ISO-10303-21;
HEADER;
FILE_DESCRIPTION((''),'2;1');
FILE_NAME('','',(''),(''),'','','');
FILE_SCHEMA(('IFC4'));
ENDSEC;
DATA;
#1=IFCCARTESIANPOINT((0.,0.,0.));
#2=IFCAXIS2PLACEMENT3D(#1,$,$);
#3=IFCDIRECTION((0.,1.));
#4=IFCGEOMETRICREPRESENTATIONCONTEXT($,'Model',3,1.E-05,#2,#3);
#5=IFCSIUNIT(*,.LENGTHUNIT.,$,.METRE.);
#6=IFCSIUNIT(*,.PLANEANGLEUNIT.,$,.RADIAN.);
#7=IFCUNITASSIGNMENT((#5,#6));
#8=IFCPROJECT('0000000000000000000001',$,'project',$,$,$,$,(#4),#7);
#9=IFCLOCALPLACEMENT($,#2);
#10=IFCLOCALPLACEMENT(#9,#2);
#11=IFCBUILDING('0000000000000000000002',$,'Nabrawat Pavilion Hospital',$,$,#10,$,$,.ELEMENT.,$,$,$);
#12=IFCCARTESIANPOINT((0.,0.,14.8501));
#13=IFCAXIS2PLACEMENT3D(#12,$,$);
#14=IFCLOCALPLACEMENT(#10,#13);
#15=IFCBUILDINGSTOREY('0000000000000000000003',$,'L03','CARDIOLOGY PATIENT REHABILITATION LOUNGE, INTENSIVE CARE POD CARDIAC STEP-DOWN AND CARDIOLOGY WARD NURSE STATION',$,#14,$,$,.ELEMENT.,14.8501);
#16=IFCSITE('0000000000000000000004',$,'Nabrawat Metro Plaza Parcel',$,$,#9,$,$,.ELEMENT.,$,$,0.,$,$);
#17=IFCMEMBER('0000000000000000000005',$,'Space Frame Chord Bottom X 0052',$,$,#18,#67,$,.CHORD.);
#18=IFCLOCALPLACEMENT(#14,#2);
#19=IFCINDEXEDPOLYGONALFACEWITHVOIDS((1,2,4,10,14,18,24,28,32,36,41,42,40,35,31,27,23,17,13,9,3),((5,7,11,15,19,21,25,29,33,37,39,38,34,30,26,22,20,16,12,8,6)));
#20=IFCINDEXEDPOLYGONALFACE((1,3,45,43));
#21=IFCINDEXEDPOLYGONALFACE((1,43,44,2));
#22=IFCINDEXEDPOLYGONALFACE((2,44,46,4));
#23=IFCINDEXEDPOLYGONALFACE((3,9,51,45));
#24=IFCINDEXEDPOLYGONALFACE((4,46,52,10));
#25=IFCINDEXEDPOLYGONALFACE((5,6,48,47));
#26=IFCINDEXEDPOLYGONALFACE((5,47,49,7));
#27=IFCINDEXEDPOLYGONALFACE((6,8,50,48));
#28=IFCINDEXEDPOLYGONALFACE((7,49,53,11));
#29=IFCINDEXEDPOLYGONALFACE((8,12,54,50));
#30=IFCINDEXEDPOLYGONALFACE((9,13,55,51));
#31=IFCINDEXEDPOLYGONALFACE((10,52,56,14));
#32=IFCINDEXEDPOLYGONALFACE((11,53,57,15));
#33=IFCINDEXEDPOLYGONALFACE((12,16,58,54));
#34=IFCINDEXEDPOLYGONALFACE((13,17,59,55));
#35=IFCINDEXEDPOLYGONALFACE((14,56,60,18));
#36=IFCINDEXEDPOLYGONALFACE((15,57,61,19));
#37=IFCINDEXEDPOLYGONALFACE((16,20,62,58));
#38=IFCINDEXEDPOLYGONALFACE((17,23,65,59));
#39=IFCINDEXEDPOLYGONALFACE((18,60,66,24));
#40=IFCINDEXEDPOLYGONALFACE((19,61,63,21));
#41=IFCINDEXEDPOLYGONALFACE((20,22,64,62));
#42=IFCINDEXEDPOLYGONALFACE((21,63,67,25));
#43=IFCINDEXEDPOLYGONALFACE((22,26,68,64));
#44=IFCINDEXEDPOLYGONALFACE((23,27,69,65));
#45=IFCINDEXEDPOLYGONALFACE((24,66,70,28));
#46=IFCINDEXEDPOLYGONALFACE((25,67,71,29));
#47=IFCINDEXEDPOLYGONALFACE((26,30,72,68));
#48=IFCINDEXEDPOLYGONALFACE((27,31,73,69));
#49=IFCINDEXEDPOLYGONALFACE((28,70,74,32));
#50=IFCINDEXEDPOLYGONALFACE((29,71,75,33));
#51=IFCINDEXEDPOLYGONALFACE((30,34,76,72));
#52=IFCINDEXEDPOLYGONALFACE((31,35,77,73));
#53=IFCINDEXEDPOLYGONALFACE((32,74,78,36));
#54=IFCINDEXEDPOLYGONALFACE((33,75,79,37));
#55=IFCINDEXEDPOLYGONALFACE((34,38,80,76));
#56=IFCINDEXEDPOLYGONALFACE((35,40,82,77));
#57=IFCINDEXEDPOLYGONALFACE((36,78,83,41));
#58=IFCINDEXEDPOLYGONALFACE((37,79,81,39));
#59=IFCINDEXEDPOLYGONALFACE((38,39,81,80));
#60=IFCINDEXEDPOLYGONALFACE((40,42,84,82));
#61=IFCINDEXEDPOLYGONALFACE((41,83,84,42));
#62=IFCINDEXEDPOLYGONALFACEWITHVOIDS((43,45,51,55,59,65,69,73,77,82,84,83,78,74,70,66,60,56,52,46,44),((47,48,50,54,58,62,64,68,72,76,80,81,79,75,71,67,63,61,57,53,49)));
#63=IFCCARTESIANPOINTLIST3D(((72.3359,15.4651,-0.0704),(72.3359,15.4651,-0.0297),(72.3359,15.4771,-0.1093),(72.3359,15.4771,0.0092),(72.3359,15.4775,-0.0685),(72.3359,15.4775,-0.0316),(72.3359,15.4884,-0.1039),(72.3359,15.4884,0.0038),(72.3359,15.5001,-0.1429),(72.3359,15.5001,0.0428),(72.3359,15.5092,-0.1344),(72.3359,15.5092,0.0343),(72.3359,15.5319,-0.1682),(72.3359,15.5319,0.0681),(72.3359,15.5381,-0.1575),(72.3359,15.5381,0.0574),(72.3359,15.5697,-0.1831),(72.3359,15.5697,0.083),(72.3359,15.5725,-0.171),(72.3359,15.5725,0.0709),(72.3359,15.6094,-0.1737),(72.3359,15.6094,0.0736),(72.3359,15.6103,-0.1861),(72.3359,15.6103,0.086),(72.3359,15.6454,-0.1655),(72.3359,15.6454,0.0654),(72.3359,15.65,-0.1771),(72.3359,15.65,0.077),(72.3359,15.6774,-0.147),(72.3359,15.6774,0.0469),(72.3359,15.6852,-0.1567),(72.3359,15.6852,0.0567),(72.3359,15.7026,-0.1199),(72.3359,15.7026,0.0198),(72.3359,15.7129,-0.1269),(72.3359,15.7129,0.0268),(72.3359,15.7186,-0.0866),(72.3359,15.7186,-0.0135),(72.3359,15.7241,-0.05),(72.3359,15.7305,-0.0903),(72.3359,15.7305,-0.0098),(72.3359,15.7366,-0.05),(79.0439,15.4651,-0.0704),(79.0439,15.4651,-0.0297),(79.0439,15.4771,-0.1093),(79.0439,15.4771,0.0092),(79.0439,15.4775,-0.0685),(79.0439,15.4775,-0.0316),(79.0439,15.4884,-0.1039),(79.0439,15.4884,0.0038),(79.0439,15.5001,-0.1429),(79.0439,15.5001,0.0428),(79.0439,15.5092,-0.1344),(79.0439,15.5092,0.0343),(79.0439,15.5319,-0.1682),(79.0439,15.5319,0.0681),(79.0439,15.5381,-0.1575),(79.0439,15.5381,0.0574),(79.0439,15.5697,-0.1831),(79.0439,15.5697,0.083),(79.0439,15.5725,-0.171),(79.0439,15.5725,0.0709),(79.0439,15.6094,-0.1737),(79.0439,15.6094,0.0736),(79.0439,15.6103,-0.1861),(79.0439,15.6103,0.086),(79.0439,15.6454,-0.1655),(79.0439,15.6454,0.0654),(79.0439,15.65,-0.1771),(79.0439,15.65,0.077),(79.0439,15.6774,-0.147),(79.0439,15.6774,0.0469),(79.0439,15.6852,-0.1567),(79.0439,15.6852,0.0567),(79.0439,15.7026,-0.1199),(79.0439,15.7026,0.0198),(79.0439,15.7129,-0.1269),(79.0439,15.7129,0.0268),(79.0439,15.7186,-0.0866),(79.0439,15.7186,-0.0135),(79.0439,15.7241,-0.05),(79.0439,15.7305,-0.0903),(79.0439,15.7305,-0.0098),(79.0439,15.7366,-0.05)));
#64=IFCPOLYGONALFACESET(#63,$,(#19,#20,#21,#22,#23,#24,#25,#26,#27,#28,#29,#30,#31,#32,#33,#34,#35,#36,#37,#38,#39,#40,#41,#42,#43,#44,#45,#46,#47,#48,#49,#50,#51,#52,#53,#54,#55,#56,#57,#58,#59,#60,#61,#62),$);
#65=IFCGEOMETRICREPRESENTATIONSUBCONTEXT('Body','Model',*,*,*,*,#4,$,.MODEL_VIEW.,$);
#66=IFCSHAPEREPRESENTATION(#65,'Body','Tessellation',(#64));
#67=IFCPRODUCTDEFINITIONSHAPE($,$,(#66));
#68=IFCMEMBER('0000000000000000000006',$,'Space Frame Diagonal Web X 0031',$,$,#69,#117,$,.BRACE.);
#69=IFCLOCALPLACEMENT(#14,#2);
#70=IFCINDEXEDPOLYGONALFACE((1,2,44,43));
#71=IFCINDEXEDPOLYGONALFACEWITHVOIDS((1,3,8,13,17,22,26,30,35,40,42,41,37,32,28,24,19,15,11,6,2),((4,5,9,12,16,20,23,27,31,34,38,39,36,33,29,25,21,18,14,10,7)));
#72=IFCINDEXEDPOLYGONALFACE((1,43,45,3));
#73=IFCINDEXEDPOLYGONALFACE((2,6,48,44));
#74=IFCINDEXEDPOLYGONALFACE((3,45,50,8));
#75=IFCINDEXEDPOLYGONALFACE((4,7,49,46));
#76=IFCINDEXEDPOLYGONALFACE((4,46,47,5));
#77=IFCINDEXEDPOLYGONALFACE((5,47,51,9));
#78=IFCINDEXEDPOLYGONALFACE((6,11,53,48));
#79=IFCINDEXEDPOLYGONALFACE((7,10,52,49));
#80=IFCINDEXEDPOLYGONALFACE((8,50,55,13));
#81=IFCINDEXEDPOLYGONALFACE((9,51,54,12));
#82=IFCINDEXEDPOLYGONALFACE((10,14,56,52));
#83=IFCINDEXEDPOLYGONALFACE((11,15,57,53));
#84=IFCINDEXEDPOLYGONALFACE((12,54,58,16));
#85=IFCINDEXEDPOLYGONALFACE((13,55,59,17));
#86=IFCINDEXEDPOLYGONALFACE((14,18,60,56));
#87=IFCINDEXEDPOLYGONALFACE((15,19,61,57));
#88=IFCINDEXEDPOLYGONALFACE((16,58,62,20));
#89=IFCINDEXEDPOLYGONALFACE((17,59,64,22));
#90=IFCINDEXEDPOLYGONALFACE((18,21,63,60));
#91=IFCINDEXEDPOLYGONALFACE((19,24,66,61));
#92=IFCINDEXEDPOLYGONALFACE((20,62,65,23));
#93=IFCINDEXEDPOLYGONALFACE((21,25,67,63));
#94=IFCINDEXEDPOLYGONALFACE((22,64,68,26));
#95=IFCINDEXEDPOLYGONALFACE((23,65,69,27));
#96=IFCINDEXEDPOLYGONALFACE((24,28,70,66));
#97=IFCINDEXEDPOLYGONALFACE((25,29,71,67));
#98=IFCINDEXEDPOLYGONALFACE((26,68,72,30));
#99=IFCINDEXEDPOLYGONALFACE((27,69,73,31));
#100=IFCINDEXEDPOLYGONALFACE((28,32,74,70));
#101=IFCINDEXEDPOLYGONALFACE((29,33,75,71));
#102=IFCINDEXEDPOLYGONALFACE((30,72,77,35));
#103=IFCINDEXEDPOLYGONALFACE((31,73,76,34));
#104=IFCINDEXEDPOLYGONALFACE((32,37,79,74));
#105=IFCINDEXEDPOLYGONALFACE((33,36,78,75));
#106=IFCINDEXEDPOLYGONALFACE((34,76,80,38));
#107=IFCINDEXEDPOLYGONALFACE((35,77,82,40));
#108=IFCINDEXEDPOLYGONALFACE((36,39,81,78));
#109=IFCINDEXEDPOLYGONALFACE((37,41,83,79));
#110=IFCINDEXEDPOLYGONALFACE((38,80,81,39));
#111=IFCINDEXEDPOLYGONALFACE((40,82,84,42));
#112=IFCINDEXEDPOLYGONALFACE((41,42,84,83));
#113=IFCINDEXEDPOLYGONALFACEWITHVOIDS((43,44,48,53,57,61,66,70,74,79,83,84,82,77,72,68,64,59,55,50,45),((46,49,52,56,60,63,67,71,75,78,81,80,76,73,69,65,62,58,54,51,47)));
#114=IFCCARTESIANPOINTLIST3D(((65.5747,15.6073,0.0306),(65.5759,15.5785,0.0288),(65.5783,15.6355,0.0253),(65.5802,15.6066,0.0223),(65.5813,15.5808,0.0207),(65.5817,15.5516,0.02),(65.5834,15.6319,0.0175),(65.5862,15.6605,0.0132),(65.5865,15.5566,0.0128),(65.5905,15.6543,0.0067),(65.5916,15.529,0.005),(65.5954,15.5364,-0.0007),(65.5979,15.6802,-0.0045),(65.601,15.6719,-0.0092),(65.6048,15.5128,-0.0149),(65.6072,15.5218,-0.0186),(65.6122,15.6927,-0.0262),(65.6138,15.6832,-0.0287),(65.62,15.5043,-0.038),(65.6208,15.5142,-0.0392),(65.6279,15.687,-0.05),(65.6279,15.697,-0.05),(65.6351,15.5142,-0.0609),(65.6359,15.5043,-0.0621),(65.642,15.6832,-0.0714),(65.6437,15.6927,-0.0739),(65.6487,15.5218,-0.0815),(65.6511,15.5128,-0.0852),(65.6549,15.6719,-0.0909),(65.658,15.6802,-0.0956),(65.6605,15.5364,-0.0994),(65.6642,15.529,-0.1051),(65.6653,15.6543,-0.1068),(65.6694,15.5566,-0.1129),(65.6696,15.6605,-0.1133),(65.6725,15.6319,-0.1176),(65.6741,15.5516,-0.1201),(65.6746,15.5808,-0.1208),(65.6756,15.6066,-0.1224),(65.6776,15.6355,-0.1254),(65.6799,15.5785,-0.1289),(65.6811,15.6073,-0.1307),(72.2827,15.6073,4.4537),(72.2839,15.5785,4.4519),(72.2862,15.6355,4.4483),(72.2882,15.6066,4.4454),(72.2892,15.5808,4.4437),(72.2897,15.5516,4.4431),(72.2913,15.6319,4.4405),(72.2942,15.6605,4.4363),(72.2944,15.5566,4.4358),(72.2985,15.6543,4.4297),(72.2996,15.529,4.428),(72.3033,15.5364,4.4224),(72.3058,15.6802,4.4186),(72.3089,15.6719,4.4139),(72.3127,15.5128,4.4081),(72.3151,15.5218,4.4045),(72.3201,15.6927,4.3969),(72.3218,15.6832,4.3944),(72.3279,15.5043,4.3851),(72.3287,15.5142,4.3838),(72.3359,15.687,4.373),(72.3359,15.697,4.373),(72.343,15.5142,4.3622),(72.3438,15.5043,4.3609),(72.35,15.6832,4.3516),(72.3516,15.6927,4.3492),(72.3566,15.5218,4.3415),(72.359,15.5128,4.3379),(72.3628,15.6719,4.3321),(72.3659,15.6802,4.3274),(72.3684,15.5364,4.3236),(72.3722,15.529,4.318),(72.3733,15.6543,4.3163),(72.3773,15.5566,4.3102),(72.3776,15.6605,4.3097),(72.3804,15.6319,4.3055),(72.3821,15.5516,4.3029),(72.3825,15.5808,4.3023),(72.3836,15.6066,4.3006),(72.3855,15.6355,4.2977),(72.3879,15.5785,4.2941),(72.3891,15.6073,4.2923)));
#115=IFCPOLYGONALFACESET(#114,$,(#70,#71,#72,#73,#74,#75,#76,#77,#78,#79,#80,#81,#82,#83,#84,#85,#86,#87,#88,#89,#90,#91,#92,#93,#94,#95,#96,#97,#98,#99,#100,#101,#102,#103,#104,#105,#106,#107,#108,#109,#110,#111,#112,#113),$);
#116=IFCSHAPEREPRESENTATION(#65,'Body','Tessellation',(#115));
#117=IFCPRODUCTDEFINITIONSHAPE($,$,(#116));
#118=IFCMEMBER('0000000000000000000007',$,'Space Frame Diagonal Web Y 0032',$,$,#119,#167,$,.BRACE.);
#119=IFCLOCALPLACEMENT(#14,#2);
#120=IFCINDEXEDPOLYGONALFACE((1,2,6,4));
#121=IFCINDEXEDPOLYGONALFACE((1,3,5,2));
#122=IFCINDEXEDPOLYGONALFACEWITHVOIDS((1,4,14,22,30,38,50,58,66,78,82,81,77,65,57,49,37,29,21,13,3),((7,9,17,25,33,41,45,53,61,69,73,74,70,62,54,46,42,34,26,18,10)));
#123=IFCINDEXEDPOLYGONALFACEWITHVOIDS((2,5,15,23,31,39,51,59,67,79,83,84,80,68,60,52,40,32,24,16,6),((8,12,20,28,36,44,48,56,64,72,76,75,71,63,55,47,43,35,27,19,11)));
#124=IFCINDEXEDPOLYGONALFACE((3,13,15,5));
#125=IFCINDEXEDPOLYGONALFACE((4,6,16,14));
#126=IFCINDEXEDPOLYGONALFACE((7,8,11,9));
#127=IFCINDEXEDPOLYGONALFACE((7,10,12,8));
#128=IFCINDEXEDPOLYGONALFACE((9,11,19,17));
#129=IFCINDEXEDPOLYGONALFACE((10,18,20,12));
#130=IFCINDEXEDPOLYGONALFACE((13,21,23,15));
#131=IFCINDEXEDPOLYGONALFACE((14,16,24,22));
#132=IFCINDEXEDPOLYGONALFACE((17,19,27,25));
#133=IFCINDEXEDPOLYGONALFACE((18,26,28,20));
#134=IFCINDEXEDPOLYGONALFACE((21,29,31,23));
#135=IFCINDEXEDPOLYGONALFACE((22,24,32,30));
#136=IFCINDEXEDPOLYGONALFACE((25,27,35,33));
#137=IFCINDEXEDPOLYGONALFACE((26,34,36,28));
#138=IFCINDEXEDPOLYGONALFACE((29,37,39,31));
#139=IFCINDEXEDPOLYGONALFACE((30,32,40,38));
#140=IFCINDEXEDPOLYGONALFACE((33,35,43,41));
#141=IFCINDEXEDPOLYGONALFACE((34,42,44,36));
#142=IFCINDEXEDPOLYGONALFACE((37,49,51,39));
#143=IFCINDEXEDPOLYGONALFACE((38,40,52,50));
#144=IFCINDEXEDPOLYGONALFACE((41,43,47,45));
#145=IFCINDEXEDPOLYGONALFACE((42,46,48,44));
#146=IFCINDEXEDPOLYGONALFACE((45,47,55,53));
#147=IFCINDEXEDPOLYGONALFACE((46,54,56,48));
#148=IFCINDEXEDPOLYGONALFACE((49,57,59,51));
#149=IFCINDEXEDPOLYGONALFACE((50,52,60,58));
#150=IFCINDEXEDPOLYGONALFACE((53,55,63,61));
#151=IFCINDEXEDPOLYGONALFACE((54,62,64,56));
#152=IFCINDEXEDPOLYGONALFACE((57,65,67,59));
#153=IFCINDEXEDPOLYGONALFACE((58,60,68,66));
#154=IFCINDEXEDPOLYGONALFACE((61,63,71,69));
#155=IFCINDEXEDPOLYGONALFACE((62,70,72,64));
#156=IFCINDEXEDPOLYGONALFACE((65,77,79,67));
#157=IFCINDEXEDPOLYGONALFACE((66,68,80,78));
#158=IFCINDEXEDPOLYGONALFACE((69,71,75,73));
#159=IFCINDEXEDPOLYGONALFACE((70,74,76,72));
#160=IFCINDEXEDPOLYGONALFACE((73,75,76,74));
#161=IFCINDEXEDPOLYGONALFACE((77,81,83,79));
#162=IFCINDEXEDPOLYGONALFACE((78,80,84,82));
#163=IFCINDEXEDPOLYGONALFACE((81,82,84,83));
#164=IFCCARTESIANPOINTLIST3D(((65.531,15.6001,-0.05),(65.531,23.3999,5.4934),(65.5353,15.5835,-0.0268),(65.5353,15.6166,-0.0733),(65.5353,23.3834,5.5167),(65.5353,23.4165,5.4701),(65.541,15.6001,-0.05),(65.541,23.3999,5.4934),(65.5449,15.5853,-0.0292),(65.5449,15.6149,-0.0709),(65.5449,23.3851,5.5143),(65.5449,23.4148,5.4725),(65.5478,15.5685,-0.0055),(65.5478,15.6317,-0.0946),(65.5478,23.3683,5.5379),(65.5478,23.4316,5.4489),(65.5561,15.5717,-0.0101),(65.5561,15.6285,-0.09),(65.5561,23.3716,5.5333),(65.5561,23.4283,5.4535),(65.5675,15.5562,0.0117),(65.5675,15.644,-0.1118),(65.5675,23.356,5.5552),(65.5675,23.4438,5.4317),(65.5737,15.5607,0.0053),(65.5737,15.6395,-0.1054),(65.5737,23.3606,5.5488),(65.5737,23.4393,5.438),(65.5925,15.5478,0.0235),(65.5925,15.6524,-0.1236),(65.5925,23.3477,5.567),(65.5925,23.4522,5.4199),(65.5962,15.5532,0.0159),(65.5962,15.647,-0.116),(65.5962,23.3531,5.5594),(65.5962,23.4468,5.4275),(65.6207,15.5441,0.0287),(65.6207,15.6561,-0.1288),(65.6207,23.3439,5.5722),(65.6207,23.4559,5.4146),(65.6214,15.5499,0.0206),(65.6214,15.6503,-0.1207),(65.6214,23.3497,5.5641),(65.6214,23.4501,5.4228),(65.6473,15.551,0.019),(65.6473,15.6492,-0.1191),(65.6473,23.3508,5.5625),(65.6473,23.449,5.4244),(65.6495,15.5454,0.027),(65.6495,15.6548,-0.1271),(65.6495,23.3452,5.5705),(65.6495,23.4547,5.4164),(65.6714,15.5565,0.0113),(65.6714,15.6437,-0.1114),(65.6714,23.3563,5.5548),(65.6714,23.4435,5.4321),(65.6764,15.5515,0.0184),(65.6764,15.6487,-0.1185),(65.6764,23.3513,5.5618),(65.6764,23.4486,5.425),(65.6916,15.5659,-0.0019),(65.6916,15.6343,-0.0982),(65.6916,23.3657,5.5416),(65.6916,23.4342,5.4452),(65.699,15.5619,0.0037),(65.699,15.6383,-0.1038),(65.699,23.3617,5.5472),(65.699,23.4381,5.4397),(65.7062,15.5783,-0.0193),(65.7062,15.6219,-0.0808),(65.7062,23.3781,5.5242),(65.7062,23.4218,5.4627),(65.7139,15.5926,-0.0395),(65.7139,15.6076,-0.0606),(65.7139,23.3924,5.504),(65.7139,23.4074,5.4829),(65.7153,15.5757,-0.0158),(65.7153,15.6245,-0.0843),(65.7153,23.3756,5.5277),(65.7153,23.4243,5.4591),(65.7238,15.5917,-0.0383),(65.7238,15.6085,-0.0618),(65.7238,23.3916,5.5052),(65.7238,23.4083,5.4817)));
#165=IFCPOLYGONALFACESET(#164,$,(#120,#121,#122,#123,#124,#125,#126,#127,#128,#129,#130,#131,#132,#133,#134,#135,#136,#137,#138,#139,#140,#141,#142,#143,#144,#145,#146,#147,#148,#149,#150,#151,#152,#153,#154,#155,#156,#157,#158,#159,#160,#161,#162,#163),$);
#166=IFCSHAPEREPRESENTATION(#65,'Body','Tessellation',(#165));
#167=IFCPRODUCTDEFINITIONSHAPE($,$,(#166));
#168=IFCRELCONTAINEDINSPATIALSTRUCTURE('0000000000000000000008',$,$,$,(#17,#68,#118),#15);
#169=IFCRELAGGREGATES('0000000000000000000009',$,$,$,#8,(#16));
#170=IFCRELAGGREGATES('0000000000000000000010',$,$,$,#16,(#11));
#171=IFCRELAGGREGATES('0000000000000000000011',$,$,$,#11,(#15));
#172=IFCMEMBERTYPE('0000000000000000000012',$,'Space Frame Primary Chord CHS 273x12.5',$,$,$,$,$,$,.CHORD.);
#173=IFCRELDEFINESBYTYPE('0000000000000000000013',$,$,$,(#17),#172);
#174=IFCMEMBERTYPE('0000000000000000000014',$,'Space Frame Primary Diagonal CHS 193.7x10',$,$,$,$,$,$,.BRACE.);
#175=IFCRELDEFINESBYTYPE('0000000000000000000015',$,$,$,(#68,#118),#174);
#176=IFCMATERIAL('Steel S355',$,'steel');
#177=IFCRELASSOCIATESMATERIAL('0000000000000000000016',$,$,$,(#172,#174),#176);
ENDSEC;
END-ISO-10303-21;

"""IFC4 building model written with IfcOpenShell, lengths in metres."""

from ifc_helpers import new_model, si_unit, direction, frame, origin, origin_2d, place, context, subcontext, project, spatial, hollow_circle, extrude, material, material_profile, profile_set, type_object, element, save


model = new_model("IFC4")

# Units and contexts
model_context = context("Model", 3, precision=1e-05, world=origin(), true_north=direction((0.0, 1.0)))
body_context = subcontext(model_context, "Body", "Model", "MODEL_VIEW")
ifc_project = project(units=[si_unit("LENGTHUNIT", "METRE"), si_unit("PLANEANGLEUNIT", "RADIAN")], contexts=[model_context])

# Site, building, storey
site_placement = place(None, origin())
site = spatial("IfcSite", under=ifc_project, at=site_placement, Name="Nabrawat Metro Plaza Parcel", CompositionType="ELEMENT", RefElevation=0.0)
building_placement = place(site_placement, origin())
building = spatial("IfcBuilding", under=site, at=building_placement, Name="Nabrawat Pavilion Hospital", CompositionType="ELEMENT")
storey_placement = place(building_placement, frame((0.0, 0.0, 14.8501)))
storey = spatial("IfcBuildingStorey", under=building, at=storey_placement, Name="L03", Description="CARDIOLOGY PATIENT REHABILITATION LOUNGE, INTENSIVE CARE POD CARDIAC STEP-DOWN AND CARDIOLOGY WARD NURSE STATION", CompositionType="ELEMENT", Elevation=14.8501)

# Shared definitions
ifc_material = material(Name="Steel S355", Category="steel")

# Members
ifc_material_profile_1 = material_profile(ifc_material, hollow_circle(Radius=0.1365, WallThickness=0.0125, at=origin_2d()), Name="CHS 273x12.5")
ifc_profile_set_1 = profile_set([ifc_material_profile_1], Name="Steel S355")
member_type_1 = type_object("IfcMemberType", Name="Space Frame Primary Chord CHS 273x12.5", PredefinedType="CHORD", material=ifc_profile_set_1)
for number, where, z_axis, x_axis, name in (
    (1, (72.3359, 15.6001, -0.05), (1.0, 0.0, 0.0), (0.0, 1.0, 0.0), "Space Frame Chord Bottom X 0052"),
):
    element("IfcMember", number, at=place(storey_placement, frame(where, z_axis=z_axis, x_axis=x_axis)), inside=storey, type_object=member_type_1, Name=name, PredefinedType="CHORD", context=body_context, shape_type="SweptSolid", body=[
        extrude(hollow_circle(Radius=0.1365, WallThickness=0.0125, at=origin_2d()), origin(), (0.0, 0.0, 1.0), 6.708),
    ])
ifc_material_profile_2 = material_profile(ifc_material, hollow_circle(Radius=0.0969, WallThickness=0.01, at=origin_2d()), Name="CHS 193.7x10")
ifc_profile_set_2 = profile_set([ifc_material_profile_2], Name="Steel S355")
member_type_2 = type_object("IfcMemberType", Name="Space Frame Primary Diagonal CHS 193.7x10", PredefinedType="BRACE", material=ifc_profile_set_2)
member_1_placement = place(storey_placement, frame((65.6279, 15.6001, -0.05), z_axis=(0.834849, 0.0, 0.550479), x_axis=(0.0, 1.0, 0.0)))
element("IfcMember", 2, at=member_1_placement, inside=storey, type_object=member_type_2, Name="Space Frame Diagonal Web X 0031", PredefinedType="BRACE", context=body_context, shape_type="SweptSolid", body=[
    extrude(hollow_circle(Radius=0.0969, WallThickness=0.01, at=origin_2d()), origin(), (0.0, 0.0, 1.0), 8.0349),
])
member_2_placement = place(storey_placement, frame((65.6279, 15.6001, -0.05), z_axis=(0.0, 0.815107, 0.579311), x_axis=(-1.0, 0.0, 0.0)))
element("IfcMember", 3, at=member_2_placement, inside=storey, type_object=member_type_2, Name="Space Frame Diagonal Web Y 0032", PredefinedType="BRACE", context=body_context, shape_type="SweptSolid", body=[
    extrude(hollow_circle(Radius=0.0969, WallThickness=0.01, at=origin_2d()), origin(), (0.0, 0.0, 1.0), 9.5691),
])

save(model, "model.ifc")
